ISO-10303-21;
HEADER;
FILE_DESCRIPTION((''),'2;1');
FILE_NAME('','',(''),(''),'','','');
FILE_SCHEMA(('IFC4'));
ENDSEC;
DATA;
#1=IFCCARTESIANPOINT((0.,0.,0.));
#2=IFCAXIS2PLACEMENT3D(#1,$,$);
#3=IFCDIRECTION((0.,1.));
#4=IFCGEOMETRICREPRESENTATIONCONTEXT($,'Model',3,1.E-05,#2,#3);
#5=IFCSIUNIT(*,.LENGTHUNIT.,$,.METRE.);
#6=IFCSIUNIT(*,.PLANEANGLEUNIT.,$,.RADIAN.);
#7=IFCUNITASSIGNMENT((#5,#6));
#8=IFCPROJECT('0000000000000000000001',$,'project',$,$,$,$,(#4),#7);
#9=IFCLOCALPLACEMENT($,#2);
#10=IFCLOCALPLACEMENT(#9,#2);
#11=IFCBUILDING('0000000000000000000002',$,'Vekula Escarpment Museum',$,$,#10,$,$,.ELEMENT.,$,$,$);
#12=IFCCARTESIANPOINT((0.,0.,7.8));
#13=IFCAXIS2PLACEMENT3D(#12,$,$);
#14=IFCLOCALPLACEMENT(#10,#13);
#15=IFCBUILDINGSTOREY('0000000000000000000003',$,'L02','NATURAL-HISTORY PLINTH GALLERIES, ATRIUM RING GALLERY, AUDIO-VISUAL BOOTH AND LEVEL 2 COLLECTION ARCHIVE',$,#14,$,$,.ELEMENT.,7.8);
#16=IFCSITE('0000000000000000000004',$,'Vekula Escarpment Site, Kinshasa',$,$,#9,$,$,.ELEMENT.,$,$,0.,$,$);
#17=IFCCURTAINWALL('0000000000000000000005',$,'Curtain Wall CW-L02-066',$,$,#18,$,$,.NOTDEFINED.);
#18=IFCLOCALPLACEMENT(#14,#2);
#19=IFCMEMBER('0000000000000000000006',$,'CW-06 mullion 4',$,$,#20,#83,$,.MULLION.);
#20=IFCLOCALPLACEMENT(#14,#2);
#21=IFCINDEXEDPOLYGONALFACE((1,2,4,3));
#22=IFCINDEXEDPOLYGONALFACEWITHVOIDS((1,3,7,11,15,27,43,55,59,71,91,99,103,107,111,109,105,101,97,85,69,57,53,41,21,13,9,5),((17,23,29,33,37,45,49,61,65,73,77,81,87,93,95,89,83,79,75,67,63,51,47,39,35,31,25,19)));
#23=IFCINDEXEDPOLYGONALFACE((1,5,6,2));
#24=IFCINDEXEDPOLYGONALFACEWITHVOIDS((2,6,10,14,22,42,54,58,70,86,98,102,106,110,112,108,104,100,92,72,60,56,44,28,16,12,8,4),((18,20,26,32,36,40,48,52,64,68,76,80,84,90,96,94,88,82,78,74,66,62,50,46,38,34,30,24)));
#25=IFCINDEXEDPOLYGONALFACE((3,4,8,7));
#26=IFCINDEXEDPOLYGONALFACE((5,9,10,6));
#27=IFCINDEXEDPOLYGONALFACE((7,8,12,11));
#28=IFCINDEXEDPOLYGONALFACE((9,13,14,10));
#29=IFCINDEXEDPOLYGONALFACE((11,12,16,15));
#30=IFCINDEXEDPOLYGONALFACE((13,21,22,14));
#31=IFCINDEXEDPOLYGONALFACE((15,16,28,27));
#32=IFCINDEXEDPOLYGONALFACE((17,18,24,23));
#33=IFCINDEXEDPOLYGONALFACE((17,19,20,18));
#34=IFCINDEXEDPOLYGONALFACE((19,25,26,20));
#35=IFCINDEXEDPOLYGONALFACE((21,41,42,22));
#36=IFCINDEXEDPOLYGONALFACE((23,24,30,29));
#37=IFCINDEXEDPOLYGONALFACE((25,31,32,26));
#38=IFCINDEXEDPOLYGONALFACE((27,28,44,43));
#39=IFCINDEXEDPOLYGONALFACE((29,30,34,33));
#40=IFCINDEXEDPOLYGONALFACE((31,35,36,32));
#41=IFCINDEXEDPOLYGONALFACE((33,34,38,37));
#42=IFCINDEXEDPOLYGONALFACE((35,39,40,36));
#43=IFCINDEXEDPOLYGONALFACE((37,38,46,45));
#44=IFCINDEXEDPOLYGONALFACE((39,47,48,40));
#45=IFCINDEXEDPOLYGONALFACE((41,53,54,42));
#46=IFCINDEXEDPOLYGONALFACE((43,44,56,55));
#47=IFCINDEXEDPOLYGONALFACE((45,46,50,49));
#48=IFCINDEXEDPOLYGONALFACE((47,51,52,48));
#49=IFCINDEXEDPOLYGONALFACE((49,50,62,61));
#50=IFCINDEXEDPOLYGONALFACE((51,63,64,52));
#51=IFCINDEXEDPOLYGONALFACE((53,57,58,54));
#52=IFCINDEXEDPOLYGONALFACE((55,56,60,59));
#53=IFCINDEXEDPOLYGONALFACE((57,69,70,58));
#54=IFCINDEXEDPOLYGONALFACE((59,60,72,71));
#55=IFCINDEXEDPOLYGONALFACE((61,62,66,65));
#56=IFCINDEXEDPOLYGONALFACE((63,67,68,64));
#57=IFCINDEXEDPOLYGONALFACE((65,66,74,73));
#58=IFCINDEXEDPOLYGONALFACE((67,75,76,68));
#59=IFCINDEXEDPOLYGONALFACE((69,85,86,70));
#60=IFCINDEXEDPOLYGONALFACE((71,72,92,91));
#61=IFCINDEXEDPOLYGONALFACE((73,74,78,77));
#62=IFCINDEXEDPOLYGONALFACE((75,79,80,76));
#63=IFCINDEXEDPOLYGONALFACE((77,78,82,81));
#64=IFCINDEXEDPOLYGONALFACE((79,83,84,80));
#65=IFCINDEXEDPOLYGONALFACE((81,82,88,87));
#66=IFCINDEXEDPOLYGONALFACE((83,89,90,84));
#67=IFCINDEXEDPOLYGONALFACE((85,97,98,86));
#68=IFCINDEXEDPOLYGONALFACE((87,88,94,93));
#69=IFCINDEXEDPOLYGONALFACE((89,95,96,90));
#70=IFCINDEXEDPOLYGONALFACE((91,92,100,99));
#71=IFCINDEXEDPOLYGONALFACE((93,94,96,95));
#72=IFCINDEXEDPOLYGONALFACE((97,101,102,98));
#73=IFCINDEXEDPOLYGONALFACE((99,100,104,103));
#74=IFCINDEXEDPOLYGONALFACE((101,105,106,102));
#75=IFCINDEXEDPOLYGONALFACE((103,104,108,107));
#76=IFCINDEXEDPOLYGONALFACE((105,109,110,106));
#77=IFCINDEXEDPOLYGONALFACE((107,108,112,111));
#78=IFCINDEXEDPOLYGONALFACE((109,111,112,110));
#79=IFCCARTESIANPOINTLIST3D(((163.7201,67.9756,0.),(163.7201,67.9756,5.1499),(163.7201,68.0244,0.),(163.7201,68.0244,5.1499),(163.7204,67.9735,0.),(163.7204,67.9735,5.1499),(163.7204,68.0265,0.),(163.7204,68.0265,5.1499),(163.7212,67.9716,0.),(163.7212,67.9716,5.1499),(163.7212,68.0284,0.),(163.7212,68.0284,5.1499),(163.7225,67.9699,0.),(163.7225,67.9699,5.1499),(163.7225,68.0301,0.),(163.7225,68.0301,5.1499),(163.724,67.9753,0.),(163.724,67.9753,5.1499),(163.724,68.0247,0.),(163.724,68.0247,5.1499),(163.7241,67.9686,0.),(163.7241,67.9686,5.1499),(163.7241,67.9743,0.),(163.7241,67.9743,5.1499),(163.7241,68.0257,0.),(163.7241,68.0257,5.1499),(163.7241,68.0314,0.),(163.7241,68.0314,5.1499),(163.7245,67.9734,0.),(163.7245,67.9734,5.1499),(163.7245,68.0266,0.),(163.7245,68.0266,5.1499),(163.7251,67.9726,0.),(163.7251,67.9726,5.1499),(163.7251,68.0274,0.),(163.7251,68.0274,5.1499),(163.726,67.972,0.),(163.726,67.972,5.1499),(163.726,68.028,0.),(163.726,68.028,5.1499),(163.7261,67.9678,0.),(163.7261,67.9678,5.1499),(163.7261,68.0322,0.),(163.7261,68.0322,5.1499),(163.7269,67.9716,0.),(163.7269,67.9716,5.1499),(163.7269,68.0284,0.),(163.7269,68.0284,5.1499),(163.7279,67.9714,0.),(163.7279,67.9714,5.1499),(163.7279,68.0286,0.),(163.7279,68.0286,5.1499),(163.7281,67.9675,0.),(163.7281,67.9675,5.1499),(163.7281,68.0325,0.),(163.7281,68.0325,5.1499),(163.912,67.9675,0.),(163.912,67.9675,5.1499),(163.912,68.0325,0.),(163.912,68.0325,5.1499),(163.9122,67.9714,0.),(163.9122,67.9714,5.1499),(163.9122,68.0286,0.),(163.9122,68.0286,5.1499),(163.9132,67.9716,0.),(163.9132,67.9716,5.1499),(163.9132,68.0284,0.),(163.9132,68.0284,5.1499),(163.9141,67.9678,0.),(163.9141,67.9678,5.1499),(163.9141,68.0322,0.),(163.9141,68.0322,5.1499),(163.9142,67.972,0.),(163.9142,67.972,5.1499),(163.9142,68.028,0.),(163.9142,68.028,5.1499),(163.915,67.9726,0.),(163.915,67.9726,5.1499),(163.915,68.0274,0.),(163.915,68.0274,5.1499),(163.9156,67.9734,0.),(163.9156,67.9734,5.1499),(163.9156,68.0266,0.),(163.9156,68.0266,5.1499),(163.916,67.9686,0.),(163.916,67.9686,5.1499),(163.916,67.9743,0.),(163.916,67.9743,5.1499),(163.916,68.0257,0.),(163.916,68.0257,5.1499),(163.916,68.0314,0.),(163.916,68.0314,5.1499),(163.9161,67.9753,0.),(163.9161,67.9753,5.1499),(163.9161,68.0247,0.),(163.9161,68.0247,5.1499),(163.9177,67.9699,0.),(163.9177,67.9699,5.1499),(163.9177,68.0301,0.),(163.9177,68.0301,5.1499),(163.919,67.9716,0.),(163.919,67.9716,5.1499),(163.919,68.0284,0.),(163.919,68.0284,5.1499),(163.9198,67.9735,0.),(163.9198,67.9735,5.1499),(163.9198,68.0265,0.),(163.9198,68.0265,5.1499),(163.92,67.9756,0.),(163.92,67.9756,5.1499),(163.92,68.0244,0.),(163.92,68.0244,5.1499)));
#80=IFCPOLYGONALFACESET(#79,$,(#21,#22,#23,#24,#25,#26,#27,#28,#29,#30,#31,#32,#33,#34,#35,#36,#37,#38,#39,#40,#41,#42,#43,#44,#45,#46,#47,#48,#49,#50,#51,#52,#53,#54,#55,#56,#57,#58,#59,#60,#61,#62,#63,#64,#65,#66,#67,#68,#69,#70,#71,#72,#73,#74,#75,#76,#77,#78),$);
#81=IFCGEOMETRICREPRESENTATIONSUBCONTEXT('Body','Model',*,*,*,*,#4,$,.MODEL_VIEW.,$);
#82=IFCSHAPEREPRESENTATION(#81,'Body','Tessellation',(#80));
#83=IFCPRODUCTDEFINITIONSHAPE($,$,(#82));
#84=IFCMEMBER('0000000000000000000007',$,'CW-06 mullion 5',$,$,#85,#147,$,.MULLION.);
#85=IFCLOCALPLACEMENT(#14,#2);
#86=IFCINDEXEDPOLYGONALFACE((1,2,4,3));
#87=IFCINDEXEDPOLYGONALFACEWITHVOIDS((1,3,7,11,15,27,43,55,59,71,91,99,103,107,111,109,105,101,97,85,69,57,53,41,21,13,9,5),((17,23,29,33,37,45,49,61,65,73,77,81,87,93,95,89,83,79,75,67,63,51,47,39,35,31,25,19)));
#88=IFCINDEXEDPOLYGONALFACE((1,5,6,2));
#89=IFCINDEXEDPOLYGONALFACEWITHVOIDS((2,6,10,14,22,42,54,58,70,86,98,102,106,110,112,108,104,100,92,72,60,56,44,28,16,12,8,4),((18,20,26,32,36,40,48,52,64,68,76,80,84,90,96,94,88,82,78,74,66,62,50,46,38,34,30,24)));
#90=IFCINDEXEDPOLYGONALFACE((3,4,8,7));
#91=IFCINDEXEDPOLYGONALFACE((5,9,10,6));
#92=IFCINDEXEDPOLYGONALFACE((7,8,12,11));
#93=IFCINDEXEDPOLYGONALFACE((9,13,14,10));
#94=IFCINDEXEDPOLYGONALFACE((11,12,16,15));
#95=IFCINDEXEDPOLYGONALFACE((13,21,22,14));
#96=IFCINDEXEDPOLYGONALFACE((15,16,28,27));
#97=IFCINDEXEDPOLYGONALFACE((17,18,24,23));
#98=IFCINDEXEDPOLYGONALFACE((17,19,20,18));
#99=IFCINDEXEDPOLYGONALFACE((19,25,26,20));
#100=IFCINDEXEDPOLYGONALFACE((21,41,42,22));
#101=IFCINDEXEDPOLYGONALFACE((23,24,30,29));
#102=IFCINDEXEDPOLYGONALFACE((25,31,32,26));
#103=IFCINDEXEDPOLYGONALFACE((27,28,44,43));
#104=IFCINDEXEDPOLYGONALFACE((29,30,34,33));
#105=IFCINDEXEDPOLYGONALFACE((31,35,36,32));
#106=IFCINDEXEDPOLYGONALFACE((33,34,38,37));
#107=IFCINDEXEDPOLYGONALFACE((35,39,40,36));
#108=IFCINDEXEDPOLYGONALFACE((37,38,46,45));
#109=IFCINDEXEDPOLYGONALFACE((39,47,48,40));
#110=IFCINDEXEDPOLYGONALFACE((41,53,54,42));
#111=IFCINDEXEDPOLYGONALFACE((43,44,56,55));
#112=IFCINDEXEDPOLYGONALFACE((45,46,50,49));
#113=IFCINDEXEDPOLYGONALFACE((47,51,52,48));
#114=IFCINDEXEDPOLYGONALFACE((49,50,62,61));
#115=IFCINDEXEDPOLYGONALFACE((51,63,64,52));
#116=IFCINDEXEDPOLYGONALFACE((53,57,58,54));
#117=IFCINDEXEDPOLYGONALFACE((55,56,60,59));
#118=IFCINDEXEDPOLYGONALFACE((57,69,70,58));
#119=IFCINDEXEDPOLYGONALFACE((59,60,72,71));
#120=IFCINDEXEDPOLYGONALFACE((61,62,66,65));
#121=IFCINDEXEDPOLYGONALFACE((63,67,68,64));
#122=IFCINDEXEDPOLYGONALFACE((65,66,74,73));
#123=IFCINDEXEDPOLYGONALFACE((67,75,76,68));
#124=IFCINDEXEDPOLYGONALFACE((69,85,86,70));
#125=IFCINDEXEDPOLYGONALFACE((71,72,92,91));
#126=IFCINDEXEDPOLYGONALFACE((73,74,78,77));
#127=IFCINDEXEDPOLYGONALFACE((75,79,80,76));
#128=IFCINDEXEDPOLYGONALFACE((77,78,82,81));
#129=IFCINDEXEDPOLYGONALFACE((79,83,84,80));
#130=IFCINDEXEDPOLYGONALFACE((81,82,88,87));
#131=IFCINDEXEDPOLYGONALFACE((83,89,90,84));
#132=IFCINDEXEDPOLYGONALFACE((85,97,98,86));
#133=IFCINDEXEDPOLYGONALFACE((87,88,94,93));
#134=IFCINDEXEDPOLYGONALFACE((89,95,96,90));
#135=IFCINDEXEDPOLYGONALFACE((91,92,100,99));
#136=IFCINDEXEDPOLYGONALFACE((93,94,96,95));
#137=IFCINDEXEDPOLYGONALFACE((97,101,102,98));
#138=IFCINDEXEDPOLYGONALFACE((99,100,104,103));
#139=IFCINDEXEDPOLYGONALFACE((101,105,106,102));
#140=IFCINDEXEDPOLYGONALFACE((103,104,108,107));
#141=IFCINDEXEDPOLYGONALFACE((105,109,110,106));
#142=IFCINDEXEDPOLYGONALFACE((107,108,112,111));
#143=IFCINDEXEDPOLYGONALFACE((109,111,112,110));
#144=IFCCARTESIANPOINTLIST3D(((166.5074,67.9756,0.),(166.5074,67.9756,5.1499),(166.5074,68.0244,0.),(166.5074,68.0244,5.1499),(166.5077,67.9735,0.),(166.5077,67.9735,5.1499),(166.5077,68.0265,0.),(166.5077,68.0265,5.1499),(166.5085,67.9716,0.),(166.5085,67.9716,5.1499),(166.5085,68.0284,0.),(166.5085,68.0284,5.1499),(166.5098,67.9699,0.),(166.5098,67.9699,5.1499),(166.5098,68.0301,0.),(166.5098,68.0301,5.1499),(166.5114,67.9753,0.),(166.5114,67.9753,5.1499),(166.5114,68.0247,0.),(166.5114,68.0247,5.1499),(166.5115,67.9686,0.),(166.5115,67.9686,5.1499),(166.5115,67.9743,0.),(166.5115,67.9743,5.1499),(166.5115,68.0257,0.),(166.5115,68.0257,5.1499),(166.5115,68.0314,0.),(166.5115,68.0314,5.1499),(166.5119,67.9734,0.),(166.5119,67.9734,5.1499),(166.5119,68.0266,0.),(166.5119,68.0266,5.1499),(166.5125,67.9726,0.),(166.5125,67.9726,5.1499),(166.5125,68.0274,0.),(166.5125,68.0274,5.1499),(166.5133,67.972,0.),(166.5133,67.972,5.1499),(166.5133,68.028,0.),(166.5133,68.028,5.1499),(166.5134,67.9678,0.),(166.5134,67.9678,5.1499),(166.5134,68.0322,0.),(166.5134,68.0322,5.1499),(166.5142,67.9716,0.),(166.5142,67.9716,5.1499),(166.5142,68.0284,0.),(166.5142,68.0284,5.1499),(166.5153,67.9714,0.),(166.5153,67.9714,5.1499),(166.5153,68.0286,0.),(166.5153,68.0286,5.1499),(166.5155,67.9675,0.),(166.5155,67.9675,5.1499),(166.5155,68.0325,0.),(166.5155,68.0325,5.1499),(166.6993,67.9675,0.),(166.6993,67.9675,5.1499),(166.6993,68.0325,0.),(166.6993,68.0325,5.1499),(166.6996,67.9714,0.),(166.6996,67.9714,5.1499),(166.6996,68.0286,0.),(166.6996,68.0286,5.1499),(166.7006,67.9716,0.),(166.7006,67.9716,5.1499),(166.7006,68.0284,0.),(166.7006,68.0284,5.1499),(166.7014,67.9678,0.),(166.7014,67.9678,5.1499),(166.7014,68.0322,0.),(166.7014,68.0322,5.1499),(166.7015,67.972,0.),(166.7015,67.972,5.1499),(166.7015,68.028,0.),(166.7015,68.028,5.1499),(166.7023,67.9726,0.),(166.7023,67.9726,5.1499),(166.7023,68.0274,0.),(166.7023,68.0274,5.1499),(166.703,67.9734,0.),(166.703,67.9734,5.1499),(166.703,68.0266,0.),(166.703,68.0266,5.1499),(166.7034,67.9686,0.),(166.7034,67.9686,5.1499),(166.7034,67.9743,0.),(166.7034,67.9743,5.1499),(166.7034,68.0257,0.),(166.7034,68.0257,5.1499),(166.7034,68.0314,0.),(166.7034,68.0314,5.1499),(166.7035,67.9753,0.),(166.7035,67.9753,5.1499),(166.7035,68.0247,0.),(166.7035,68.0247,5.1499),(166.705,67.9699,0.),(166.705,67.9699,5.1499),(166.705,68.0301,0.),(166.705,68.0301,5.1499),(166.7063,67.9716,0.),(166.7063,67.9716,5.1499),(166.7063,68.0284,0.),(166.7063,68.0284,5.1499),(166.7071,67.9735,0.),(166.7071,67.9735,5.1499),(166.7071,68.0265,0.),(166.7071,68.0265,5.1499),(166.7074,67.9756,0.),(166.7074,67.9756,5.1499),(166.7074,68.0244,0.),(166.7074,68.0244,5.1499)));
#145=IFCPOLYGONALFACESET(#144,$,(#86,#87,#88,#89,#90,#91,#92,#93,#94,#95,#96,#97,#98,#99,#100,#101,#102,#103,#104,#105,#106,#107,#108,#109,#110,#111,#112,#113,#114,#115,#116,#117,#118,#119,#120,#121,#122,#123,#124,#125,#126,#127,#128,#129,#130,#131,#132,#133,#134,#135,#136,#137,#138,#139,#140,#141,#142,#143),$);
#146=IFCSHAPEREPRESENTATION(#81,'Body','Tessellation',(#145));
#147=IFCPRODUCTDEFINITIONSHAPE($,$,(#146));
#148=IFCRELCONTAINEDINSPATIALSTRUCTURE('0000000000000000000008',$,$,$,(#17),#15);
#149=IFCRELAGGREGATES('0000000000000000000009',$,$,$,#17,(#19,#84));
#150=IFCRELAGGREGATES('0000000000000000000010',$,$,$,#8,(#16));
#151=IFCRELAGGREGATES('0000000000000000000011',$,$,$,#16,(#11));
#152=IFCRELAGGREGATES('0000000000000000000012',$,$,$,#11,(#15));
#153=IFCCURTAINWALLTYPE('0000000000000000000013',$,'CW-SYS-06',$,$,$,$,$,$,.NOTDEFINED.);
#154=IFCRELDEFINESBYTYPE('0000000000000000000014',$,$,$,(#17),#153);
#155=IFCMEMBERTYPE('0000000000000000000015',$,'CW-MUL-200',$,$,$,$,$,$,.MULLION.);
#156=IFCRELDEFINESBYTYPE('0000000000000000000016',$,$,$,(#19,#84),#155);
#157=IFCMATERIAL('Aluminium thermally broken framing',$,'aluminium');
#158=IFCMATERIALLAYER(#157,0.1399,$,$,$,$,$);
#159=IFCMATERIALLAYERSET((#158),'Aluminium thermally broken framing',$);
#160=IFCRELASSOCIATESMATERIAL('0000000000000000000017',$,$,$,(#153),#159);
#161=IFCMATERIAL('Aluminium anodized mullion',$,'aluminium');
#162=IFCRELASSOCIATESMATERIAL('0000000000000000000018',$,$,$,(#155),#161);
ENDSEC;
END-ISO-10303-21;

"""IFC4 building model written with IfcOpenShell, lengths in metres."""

from ifc_helpers import new_model, si_unit, direction, frame, origin, origin_2d, place, context, subcontext, project, spatial, hollow_rectangle, extrude, material, layer, layer_set, material_profile, profile_set, type_object, element, aggregate, save


model = new_model("IFC4")

# Units and contexts
model_context = context("Model", 3, precision=1e-05, world=origin(), true_north=direction((0.0, 1.0)))
body_context = subcontext(model_context, "Body", "Model", "MODEL_VIEW")
ifc_project = project(units=[si_unit("LENGTHUNIT", "METRE"), si_unit("PLANEANGLEUNIT", "RADIAN")], contexts=[model_context])

# Site, building, storey
site_placement = place(None, origin())
site = spatial("IfcSite", under=ifc_project, at=site_placement, Name="Vekula Escarpment Site, Kinshasa", CompositionType="ELEMENT", RefElevation=0.0)
building_placement = place(site_placement, origin())
building = spatial("IfcBuilding", under=site, at=building_placement, Name="Vekula Escarpment Museum", CompositionType="ELEMENT")
storey_placement = place(building_placement, frame((0.0, 0.0, 7.8)))
storey = spatial("IfcBuildingStorey", under=building, at=storey_placement, Name="L02", Description="NATURAL-HISTORY PLINTH GALLERIES, ATRIUM RING GALLERY, AUDIO-VISUAL BOOTH AND LEVEL 2 COLLECTION ARCHIVE", CompositionType="ELEMENT", Elevation=7.8)

# Curtain wall, members
ifc_material_1 = material(Name="Aluminium thermally broken framing", Category="aluminium")
ifc_layer_1 = layer(ifc_material_1, 0.1399)
ifc_layer_set_1 = layer_set([ifc_layer_1], Name="Aluminium thermally broken framing")
curtain_wall_type_1 = type_object("IfcCurtainWallType", Name="CW-SYS-06", PredefinedType="NOTDEFINED", material=ifc_layer_set_1)
curtain_wall_1_placement = place(storey_placement, origin())
curtain_wall_1 = element("IfcCurtainWall", 1, at=curtain_wall_1_placement, inside=storey, type_object=curtain_wall_type_1, Name="Curtain Wall CW-L02-066", PredefinedType="NOTDEFINED")
ifc_material_2 = material(Name="Aluminium anodized mullion", Category="aluminium")
ifc_material_profile_1 = material_profile(ifc_material_2, hollow_rectangle(XDim=0.0649, YDim=0.2, WallThickness=0.0039, InnerFilletRadius=0.0039, OuterFilletRadius=0.0081, at=origin_2d()), Name="ALU 200x65x4")
ifc_profile_set_1 = profile_set([ifc_material_profile_1], Name="Aluminium anodized mullion")
member_type_1 = type_object("IfcMemberType", Name="CW-MUL-200", PredefinedType="MULLION", material=ifc_profile_set_1)
member_1_placement = place(storey_placement, frame((163.8201, 68.0, 0.0), z_axis=(0.0, 0.0, 1.0), x_axis=(0.0, 1.0, 0.0)))
member_1 = element("IfcMember", 2, at=member_1_placement, type_object=member_type_1, Name="CW-06 mullion 4", PredefinedType="MULLION", context=body_context, shape_type="SweptSolid", body=[
    extrude(hollow_rectangle(XDim=0.0649, YDim=0.2, WallThickness=0.0039, InnerFilletRadius=0.0039, OuterFilletRadius=0.0081, at=origin_2d()), origin(), (0.0, 0.0, 1.0), 5.1499),
])
member_2_placement = place(storey_placement, frame((166.6074, 68.0, 0.0), z_axis=(0.0, 0.0, 1.0), x_axis=(0.0, 1.0, 0.0)))
member_2 = element("IfcMember", 3, at=member_2_placement, type_object=member_type_1, Name="CW-06 mullion 5", PredefinedType="MULLION", context=body_context, shape_type="SweptSolid", body=[
    extrude(hollow_rectangle(XDim=0.0649, YDim=0.2, WallThickness=0.0039, InnerFilletRadius=0.0039, OuterFilletRadius=0.0081, at=origin_2d()), origin(), (0.0, 0.0, 1.0), 5.1499),
])

aggregate(curtain_wall_1, [member_1, member_2])

save(model, "model.ifc")
